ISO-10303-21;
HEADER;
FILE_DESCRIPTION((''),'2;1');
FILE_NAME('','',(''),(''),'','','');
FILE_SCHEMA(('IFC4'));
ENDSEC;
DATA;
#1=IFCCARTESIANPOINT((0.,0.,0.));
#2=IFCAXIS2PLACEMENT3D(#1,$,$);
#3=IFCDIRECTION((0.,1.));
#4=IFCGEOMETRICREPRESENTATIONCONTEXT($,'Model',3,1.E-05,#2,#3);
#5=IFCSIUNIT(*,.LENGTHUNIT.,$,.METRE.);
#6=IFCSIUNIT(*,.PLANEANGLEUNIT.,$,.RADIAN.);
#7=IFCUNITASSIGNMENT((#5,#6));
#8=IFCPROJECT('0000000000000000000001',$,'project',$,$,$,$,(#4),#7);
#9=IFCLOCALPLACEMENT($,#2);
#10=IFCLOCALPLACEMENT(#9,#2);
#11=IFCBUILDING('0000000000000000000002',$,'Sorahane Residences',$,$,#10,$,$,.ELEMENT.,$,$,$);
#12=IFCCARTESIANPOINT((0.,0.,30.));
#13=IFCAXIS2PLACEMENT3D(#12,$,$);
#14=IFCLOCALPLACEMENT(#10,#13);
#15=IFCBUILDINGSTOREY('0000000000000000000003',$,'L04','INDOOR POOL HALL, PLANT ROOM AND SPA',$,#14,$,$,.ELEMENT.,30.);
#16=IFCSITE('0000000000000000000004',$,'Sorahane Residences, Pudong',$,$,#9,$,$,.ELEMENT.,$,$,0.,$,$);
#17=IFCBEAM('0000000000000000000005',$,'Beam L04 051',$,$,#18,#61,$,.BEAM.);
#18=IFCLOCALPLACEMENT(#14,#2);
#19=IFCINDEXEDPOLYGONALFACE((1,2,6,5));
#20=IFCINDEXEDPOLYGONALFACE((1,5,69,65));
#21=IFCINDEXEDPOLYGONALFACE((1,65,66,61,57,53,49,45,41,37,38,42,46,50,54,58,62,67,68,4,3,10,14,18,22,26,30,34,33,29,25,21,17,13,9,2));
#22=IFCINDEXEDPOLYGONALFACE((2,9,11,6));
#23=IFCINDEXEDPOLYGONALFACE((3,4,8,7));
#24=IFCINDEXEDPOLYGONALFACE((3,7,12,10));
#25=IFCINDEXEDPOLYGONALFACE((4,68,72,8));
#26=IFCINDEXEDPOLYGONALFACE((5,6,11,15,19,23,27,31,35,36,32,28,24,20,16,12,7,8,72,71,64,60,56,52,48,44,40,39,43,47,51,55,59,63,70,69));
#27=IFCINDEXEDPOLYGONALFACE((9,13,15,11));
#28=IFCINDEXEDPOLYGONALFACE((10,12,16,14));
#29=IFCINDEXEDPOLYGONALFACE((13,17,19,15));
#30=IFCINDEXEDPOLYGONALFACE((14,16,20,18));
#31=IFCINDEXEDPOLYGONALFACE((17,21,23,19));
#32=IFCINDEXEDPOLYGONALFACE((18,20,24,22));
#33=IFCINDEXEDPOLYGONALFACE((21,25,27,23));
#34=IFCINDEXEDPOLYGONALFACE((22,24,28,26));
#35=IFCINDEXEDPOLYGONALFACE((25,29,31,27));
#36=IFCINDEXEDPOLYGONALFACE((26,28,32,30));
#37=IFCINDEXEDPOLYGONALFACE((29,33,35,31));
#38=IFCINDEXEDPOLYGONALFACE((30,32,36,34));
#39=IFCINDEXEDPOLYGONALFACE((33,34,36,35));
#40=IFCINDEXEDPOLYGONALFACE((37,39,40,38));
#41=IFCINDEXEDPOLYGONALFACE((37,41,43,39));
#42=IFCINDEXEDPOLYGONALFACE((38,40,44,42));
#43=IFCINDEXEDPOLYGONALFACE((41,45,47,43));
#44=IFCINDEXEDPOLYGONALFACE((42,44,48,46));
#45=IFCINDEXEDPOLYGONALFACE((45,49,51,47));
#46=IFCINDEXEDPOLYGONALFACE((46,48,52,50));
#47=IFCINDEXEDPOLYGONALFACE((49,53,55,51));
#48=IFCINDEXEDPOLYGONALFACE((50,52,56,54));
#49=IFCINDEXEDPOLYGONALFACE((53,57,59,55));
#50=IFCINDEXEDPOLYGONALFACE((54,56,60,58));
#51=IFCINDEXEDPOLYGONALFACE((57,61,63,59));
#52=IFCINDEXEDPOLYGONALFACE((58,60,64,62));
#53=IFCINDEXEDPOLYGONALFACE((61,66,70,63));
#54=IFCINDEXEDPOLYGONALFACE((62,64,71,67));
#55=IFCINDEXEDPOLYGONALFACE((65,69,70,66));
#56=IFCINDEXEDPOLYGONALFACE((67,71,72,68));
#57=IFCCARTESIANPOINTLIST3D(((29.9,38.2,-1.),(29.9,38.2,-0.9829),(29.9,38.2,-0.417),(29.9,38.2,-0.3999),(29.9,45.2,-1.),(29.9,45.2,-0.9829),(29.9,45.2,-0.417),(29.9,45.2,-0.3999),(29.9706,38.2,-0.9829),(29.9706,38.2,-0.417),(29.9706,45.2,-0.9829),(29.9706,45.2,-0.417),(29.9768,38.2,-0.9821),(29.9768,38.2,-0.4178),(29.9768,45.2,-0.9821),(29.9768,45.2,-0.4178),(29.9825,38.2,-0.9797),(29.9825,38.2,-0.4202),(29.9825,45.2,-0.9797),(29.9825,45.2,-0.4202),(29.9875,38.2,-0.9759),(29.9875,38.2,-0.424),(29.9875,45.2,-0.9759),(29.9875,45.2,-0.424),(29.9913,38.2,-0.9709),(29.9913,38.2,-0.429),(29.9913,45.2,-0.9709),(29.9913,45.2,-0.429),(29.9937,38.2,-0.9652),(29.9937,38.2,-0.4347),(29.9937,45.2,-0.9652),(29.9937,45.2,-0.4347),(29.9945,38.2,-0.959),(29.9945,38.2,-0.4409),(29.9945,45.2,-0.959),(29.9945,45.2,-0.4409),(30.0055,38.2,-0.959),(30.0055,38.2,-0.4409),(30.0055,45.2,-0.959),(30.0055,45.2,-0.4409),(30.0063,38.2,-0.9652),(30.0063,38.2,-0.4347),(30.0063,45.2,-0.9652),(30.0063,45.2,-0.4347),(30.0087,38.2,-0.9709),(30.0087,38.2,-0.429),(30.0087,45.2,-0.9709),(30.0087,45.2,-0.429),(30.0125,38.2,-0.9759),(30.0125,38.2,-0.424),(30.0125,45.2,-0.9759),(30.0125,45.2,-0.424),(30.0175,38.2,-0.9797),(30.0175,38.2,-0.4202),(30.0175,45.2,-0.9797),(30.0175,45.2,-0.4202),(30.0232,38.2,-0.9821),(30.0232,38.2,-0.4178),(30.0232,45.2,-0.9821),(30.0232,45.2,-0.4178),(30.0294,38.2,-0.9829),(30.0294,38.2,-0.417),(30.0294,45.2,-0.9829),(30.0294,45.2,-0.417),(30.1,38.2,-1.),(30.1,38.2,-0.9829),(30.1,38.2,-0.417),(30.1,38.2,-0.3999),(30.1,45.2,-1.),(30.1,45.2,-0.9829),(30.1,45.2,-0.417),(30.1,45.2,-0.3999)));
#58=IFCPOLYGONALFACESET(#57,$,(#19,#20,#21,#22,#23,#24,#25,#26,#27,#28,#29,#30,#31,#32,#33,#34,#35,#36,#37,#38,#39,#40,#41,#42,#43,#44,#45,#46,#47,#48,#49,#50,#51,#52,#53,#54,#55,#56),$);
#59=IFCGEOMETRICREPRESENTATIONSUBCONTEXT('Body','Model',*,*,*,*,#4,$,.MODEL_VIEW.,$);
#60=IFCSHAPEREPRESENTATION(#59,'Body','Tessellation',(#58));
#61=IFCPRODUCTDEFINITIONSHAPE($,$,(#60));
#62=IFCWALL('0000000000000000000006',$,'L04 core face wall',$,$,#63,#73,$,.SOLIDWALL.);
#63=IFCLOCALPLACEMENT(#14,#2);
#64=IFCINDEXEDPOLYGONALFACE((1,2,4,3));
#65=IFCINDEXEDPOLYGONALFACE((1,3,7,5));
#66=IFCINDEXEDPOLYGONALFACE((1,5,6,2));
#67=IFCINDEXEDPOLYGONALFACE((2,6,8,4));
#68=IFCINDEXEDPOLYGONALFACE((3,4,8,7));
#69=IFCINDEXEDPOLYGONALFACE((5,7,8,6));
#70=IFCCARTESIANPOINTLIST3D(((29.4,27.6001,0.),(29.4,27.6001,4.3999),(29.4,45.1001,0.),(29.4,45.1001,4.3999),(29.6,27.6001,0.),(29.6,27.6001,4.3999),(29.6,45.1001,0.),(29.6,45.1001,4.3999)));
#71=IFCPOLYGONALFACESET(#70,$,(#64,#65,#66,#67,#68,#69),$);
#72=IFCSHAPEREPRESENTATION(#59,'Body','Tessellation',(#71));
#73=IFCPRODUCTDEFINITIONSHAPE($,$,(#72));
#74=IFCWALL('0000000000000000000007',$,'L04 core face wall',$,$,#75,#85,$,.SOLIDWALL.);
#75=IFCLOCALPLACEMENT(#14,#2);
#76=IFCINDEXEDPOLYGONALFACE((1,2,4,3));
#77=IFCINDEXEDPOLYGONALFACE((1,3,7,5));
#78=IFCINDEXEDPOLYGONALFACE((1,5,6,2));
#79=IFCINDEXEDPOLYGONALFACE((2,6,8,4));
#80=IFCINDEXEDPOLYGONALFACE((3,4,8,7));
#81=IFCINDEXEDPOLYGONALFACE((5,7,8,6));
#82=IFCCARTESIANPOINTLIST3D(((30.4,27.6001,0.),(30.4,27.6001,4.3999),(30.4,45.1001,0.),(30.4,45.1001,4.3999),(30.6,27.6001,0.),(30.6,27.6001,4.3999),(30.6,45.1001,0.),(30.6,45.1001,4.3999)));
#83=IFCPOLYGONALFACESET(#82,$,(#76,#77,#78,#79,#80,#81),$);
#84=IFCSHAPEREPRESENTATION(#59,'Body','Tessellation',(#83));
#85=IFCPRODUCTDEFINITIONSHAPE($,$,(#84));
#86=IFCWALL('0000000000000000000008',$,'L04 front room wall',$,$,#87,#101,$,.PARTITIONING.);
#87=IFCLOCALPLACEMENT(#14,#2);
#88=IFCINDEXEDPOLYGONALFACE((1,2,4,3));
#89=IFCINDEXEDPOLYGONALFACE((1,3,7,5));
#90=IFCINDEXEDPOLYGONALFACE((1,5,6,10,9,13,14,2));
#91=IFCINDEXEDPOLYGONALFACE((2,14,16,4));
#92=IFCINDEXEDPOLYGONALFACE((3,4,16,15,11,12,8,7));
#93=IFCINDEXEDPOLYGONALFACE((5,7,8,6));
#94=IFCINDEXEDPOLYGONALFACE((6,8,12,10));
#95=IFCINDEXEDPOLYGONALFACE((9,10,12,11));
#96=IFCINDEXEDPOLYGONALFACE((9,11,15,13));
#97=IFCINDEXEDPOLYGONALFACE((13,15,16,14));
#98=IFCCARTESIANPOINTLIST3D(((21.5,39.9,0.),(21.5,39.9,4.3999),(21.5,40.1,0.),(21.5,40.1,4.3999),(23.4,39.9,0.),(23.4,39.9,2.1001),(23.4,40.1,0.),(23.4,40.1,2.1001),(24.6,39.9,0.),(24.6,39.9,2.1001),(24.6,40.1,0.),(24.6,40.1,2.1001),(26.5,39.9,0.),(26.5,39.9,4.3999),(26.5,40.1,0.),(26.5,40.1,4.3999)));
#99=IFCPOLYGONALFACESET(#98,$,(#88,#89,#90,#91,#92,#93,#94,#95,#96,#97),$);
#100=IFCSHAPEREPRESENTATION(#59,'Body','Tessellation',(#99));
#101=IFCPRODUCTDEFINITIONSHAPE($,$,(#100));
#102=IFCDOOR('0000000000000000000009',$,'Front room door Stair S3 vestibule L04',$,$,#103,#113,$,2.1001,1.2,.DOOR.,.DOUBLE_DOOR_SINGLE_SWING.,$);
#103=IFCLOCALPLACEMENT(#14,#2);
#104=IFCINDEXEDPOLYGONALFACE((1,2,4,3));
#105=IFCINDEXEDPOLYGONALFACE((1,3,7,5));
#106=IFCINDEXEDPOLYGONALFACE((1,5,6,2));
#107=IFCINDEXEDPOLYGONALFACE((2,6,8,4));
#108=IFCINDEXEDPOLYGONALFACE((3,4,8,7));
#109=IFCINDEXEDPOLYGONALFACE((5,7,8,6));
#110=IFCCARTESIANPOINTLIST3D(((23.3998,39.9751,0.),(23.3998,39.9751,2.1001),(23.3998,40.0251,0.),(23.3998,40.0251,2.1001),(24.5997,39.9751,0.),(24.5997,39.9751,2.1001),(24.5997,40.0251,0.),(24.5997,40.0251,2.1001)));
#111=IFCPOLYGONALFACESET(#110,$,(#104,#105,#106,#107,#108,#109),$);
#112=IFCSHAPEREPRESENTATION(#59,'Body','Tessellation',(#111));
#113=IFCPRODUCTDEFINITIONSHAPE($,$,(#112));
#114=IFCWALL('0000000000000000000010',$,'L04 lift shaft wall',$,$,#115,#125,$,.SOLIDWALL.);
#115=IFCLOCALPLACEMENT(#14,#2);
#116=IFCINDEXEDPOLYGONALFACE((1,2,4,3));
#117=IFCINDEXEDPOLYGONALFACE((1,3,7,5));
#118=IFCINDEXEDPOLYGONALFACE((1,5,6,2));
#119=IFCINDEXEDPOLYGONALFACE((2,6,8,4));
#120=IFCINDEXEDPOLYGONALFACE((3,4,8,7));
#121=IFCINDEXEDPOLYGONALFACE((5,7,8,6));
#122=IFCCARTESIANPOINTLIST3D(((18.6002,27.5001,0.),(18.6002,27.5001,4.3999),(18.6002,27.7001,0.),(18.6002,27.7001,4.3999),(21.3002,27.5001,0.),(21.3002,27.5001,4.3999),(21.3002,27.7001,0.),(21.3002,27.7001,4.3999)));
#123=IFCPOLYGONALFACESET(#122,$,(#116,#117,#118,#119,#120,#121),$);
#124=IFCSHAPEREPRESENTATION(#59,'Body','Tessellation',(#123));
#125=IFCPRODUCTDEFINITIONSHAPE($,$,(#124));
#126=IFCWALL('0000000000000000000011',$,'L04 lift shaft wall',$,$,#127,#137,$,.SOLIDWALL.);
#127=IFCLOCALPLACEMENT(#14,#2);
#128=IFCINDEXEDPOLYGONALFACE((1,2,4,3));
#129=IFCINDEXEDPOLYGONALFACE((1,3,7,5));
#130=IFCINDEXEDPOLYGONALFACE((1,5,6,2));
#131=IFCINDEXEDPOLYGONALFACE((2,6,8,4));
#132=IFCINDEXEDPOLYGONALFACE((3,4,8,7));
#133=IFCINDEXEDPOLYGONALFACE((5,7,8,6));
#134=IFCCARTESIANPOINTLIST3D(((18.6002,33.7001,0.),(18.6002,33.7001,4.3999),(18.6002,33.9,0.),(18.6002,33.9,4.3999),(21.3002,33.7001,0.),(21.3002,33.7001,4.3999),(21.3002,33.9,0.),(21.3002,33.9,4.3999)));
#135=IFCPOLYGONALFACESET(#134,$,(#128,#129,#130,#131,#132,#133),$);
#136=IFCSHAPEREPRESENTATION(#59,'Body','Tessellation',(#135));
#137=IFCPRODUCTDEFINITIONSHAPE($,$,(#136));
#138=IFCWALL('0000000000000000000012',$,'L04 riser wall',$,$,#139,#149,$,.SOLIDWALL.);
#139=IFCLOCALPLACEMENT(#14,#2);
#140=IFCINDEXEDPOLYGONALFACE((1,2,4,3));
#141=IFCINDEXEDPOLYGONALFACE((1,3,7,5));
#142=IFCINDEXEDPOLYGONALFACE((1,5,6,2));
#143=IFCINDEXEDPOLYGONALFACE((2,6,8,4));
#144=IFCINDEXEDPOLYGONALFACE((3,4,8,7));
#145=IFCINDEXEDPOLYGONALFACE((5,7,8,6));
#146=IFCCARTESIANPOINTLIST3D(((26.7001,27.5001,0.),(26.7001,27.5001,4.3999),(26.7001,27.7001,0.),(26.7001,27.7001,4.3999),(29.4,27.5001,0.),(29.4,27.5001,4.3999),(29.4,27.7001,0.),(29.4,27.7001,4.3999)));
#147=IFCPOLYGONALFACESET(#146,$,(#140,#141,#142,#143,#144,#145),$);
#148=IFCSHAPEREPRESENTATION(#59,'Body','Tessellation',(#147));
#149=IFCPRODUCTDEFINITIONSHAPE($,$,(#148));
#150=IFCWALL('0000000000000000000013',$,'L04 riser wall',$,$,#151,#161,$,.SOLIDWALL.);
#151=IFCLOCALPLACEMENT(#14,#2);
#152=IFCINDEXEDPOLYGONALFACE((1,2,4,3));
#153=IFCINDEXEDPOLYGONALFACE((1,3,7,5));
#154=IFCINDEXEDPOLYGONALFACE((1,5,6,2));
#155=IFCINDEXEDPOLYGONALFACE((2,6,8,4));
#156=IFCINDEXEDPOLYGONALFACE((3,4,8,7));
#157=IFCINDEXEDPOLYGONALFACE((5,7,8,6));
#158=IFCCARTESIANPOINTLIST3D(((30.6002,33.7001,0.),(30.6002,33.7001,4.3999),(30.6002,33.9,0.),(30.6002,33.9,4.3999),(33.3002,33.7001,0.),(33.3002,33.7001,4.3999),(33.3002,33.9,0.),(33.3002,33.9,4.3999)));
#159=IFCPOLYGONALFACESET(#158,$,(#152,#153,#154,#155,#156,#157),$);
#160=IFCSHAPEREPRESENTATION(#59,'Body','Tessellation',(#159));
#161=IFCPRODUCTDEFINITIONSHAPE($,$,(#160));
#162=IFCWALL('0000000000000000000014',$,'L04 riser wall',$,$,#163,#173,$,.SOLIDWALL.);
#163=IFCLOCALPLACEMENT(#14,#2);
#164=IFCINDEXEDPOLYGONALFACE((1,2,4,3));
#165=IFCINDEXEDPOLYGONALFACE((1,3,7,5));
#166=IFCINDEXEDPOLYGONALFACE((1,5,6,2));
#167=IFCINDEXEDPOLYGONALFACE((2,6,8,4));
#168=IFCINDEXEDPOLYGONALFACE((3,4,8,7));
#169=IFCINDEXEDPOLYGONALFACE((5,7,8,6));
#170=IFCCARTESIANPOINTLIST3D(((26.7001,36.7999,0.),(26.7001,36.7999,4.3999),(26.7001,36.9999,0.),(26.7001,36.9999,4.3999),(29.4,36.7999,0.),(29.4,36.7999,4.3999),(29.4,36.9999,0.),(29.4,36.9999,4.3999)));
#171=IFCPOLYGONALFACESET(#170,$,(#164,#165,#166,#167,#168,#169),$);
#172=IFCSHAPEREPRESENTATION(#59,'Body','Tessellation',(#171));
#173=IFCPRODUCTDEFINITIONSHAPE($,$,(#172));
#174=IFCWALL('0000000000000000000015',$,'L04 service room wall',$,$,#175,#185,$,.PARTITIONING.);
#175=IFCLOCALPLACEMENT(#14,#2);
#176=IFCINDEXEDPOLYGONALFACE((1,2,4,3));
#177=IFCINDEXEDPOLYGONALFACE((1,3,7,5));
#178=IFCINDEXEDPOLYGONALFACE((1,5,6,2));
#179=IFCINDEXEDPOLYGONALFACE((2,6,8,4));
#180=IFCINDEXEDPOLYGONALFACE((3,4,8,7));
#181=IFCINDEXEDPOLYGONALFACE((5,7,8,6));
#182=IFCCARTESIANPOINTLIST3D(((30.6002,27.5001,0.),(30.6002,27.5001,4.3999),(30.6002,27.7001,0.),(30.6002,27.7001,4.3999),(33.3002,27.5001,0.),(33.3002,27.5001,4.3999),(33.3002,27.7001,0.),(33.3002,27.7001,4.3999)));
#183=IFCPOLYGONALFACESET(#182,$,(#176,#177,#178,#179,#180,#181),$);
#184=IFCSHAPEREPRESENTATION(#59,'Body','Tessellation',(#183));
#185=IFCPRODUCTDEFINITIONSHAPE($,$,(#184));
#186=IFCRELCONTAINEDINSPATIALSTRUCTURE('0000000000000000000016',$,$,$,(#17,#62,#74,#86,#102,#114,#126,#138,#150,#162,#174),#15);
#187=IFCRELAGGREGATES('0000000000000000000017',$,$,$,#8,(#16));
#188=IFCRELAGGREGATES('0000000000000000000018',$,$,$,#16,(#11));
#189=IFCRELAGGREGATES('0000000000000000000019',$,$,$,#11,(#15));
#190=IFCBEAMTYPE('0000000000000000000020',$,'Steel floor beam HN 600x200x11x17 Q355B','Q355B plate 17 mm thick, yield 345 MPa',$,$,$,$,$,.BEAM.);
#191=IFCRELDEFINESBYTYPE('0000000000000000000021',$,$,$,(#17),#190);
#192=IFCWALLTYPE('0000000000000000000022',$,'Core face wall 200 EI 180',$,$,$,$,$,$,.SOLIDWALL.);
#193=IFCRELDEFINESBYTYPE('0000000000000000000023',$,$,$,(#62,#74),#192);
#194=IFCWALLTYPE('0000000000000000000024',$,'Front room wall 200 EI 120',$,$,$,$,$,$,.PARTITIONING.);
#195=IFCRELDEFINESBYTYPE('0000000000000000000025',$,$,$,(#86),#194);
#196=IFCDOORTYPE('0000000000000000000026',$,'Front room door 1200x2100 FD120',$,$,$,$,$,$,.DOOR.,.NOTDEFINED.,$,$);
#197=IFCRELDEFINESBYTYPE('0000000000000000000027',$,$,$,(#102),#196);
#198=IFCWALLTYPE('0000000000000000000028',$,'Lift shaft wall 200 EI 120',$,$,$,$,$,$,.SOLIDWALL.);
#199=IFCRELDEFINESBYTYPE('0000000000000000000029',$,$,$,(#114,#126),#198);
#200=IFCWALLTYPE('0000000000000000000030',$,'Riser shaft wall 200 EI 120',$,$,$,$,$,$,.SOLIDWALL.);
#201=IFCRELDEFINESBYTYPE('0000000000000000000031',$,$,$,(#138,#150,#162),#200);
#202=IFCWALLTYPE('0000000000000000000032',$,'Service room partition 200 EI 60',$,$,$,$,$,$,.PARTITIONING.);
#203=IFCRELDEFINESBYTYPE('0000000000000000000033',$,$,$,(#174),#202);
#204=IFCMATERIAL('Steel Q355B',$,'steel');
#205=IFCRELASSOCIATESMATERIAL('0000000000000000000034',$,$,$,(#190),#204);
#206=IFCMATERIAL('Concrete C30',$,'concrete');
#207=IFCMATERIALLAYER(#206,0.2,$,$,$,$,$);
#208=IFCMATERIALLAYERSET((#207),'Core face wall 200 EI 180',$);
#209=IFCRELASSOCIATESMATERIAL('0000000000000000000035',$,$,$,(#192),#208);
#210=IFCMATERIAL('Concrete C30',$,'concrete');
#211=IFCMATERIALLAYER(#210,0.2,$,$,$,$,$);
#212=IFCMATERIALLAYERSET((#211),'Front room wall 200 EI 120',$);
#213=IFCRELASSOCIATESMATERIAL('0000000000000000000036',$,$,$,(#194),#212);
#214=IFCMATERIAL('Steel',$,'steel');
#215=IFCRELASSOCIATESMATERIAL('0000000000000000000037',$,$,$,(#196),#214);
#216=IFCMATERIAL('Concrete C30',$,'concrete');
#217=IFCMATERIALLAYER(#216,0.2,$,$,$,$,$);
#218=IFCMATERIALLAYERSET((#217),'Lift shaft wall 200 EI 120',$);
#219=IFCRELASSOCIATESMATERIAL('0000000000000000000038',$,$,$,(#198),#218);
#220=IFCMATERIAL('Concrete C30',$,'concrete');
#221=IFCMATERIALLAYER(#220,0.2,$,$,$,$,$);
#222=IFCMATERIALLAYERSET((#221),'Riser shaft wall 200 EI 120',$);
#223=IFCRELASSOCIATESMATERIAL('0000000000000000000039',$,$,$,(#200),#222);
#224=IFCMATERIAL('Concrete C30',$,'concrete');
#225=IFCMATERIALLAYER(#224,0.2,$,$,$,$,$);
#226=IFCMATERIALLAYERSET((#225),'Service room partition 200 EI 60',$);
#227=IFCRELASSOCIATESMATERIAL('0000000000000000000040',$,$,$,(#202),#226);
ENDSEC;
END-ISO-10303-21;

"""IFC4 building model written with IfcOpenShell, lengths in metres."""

from ifc_helpers import new_model, si_unit, direction, frame, frame_2d, origin, origin_2d, place, context, subcontext, project, spatial, rectangle, i_section, extrude, material, layer, layer_set, material_profile, profile_set, type_object, element, fill, save


model = new_model("IFC4")

# Units and contexts
model_context = context("Model", 3, precision=1e-05, world=origin(), true_north=direction((0.0, 1.0)))
body_context = subcontext(model_context, "Body", "Model", "MODEL_VIEW")
ifc_project = project(units=[si_unit("LENGTHUNIT", "METRE"), si_unit("PLANEANGLEUNIT", "RADIAN")], contexts=[model_context])

# Site, building, storey
site_placement = place(None, origin())
site = spatial("IfcSite", under=ifc_project, at=site_placement, Name="Sorahane Residences, Pudong", CompositionType="ELEMENT", RefElevation=0.0)
building_placement = place(site_placement, origin())
building = spatial("IfcBuilding", under=site, at=building_placement, Name="Sorahane Residences", CompositionType="ELEMENT")
storey_placement = place(building_placement, frame((0.0, 0.0, 30.0)))
storey = spatial("IfcBuildingStorey", under=building, at=storey_placement, Name="L04", Description="INDOOR POOL HALL, PLANT ROOM AND SPA", CompositionType="ELEMENT", Elevation=30.0)

# Beam
ifc_material_1 = material(Name="Steel Q355B", Category="steel")
ifc_material_profile_1 = material_profile(ifc_material_1, i_section(OverallWidth=0.2, OverallDepth=0.6001, WebThickness=0.011, FlangeThickness=0.0171, FilletRadius=0.0239, at=origin_2d()), Name="HN 600x200x11x17")
ifc_profile_set_1 = profile_set([ifc_material_profile_1], Name="Steel Q355B")
beam_type_1 = type_object("IfcBeamType", Name="Steel floor beam HN 600x200x11x17 Q355B", Description="Q355B plate 17 mm thick, yield 345 MPa", PredefinedType="BEAM", material=ifc_profile_set_1)
for number, where, z_axis, x_axis, name in (
    (1, (30.0, 38.2, -0.7), (0.0, 1.0, 0.0), (-1.0, 0.0, 0.0), "Beam L04 051"),
):
    element("IfcBeam", number, at=place(storey_placement, frame(where, z_axis=z_axis, x_axis=x_axis)), inside=storey, type_object=beam_type_1, Name=name, PredefinedType="BEAM", context=body_context, shape_type="SweptSolid", body=[
        extrude(i_section(OverallWidth=0.2, OverallDepth=0.6001, WebThickness=0.011, FlangeThickness=0.0171, FilletRadius=0.0239, at=origin_2d()), origin(), (0.0, 0.0, 1.0), 7.0),
    ])

# Walls
ifc_material_2 = material(Name="Concrete C30", Category="concrete")
ifc_layer_1 = layer(ifc_material_2, 0.2)
ifc_layer_set_1 = layer_set([ifc_layer_1], Name="Core face wall 200 EI 180")
wall_type_1 = type_object("IfcWallType", Name="Core face wall 200 EI 180", PredefinedType="SOLIDWALL", material=ifc_layer_set_1)
for number, where, z_axis, x_axis, name in (
    (2, (29.5, 27.6001, 0.0), (0.0, 0.0, 1.0), (0.0, 1.0, 0.0), "L04 core face wall"),
    (3, (30.5, 27.6001, 0.0), (0.0, 0.0, 1.0), (0.0, 1.0, 0.0), "L04 core face wall"),
):
    element("IfcWall", number, at=place(storey_placement, frame(where, z_axis=z_axis, x_axis=x_axis)), inside=storey, type_object=wall_type_1, Name=name, PredefinedType="SOLIDWALL", context=body_context, shape_type="SweptSolid", body=[
        extrude(rectangle(XDim=17.5, YDim=0.2, at=frame_2d((8.75, 0.0))), origin(), (0.0, 0.0, 1.0), 4.3999),
    ])

# Wall, opening, door
ifc_material_3 = material(Name="Concrete C30", Category="concrete")
ifc_layer_2 = layer(ifc_material_3, 0.2)
ifc_layer_set_2 = layer_set([ifc_layer_2], Name="Front room wall 200 EI 120")
wall_type_2 = type_object("IfcWallType", Name="Front room wall 200 EI 120", PredefinedType="PARTITIONING", material=ifc_layer_set_2)
wall_1_placement = place(storey_placement, frame((21.5, 40.0, 0.0), z_axis=(0.0, 0.0, 1.0), x_axis=(1.0, 0.0, 0.0)))
wall_1 = element("IfcWall", 4, at=wall_1_placement, inside=storey, type_object=wall_type_2, Name="L04 front room wall", PredefinedType="PARTITIONING", context=body_context, shape_type="SweptSolid", body=[
    extrude(rectangle(XDim=5.0, YDim=0.2, at=frame_2d((2.5, 0.0))), origin(), (0.0, 0.0, 1.0), 4.3999),
])
opening_placement = place(wall_1_placement, frame((1.8999, 0.0, 0.0)))
opening = element("IfcOpeningElement", 5, at=opening_placement, cuts=wall_1, PredefinedType="OPENING", context=body_context, shape_type="SweptSolid", body=[
    extrude(rectangle(XDim=1.2, YDim=2.1001, at=frame_2d((0.6001, 1.05))), frame((0.0, 0.1099, 0.0), z_axis=(0.0, -1.0, 0.0), x_axis=(1.0, 0.0, 0.0)), (0.0, 0.0, 1.0), 0.22),
])
ifc_material_4 = material(Name="Steel", Category="steel")
door_type = type_object("IfcDoorType", Name="Front room door 1200x2100 FD120", OperationType="NOTDEFINED", PredefinedType="DOOR", material=ifc_material_4)
door_placement = place(opening_placement, frame((1.2, 0.0, 0.0), z_axis=(0.0, 0.0, 1.0), x_axis=(-1.0, 0.0, 0.0)))
door = element("IfcDoor", 6, at=door_placement, inside=storey, type_object=door_type, Name="Front room door Stair S3 vestibule L04", OperationType="DOUBLE_DOOR_SINGLE_SWING", OverallHeight=2.1001, OverallWidth=1.2, PredefinedType="DOOR", context=body_context, shape_type="SweptSolid", body=[
    extrude(rectangle(XDim=1.2, YDim=2.1001, at=frame_2d((0.6001, 1.05))), frame((0.0, 0.0249, 0.0), z_axis=(0.0, -1.0, 0.0), x_axis=(1.0, 0.0, 0.0)), (0.0, 0.0, 1.0), 0.05),
])
fill(opening, door)

# Walls
ifc_material_5 = material(Name="Concrete C30", Category="concrete")
ifc_layer_3 = layer(ifc_material_5, 0.2)
ifc_layer_set_3 = layer_set([ifc_layer_3], Name="Lift shaft wall 200 EI 120")
wall_type_3 = type_object("IfcWallType", Name="Lift shaft wall 200 EI 120", PredefinedType="SOLIDWALL", material=ifc_layer_set_3)
for number, where, z_axis, x_axis, name in (
    (7, (18.6001, 27.6001, 0.0), (0.0, 0.0, 1.0), (1.0, 0.0, 0.0), "L04 lift shaft wall"),
    (8, (18.6001, 33.8, 0.0), (0.0, 0.0, 1.0), (1.0, 0.0, 0.0), "L04 lift shaft wall"),
):
    element("IfcWall", number, at=place(storey_placement, frame(where, z_axis=z_axis, x_axis=x_axis)), inside=storey, type_object=wall_type_3, Name=name, PredefinedType="SOLIDWALL", context=body_context, shape_type="SweptSolid", body=[
        extrude(rectangle(XDim=2.7, YDim=0.2, at=frame_2d((1.3501, 0.0))), origin(), (0.0, 0.0, 1.0), 4.3999),
    ])
ifc_material_6 = material(Name="Concrete C30", Category="concrete")
ifc_layer_4 = layer(ifc_material_6, 0.2)
ifc_layer_set_4 = layer_set([ifc_layer_4], Name="Riser shaft wall 200 EI 120")
wall_type_4 = type_object("IfcWallType", Name="Riser shaft wall 200 EI 120", PredefinedType="SOLIDWALL", material=ifc_layer_set_4)
for number, where, z_axis, x_axis, name in (
    (9, (26.7, 27.6001, 0.0), (0.0, 0.0, 1.0), (1.0, 0.0, 0.0), "L04 riser wall"),
    (10, (30.6001, 33.8, 0.0), (0.0, 0.0, 1.0), (1.0, 0.0, 0.0), "L04 riser wall"),
    (11, (26.7, 36.8999, 0.0), (0.0, 0.0, 1.0), (1.0, 0.0, 0.0), "L04 riser wall"),
):
    element("IfcWall", number, at=place(storey_placement, frame(where, z_axis=z_axis, x_axis=x_axis)), inside=storey, type_object=wall_type_4, Name=name, PredefinedType="SOLIDWALL", context=body_context, shape_type="SweptSolid", body=[
        extrude(rectangle(XDim=2.7, YDim=0.2, at=frame_2d((1.3501, 0.0))), origin(), (0.0, 0.0, 1.0), 4.3999),
    ])
ifc_material_7 = material(Name="Concrete C30", Category="concrete")
ifc_layer_5 = layer(ifc_material_7, 0.2)
ifc_layer_set_5 = layer_set([ifc_layer_5], Name="Service room partition 200 EI 60")
wall_type_5 = type_object("IfcWallType", Name="Service room partition 200 EI 60", PredefinedType="PARTITIONING", material=ifc_layer_set_5)
wall_2_placement = place(storey_placement, frame((30.6001, 27.6001, 0.0), z_axis=(0.0, 0.0, 1.0), x_axis=(1.0, 0.0, 0.0)))
element("IfcWall", 12, at=wall_2_placement, inside=storey, type_object=wall_type_5, Name="L04 service room wall", PredefinedType="PARTITIONING", context=body_context, shape_type="SweptSolid", body=[
    extrude(rectangle(XDim=2.7, YDim=0.2, at=frame_2d((1.3501, 0.0))), origin(), (0.0, 0.0, 1.0), 4.3999),
])

save(model, "model.ifc")
